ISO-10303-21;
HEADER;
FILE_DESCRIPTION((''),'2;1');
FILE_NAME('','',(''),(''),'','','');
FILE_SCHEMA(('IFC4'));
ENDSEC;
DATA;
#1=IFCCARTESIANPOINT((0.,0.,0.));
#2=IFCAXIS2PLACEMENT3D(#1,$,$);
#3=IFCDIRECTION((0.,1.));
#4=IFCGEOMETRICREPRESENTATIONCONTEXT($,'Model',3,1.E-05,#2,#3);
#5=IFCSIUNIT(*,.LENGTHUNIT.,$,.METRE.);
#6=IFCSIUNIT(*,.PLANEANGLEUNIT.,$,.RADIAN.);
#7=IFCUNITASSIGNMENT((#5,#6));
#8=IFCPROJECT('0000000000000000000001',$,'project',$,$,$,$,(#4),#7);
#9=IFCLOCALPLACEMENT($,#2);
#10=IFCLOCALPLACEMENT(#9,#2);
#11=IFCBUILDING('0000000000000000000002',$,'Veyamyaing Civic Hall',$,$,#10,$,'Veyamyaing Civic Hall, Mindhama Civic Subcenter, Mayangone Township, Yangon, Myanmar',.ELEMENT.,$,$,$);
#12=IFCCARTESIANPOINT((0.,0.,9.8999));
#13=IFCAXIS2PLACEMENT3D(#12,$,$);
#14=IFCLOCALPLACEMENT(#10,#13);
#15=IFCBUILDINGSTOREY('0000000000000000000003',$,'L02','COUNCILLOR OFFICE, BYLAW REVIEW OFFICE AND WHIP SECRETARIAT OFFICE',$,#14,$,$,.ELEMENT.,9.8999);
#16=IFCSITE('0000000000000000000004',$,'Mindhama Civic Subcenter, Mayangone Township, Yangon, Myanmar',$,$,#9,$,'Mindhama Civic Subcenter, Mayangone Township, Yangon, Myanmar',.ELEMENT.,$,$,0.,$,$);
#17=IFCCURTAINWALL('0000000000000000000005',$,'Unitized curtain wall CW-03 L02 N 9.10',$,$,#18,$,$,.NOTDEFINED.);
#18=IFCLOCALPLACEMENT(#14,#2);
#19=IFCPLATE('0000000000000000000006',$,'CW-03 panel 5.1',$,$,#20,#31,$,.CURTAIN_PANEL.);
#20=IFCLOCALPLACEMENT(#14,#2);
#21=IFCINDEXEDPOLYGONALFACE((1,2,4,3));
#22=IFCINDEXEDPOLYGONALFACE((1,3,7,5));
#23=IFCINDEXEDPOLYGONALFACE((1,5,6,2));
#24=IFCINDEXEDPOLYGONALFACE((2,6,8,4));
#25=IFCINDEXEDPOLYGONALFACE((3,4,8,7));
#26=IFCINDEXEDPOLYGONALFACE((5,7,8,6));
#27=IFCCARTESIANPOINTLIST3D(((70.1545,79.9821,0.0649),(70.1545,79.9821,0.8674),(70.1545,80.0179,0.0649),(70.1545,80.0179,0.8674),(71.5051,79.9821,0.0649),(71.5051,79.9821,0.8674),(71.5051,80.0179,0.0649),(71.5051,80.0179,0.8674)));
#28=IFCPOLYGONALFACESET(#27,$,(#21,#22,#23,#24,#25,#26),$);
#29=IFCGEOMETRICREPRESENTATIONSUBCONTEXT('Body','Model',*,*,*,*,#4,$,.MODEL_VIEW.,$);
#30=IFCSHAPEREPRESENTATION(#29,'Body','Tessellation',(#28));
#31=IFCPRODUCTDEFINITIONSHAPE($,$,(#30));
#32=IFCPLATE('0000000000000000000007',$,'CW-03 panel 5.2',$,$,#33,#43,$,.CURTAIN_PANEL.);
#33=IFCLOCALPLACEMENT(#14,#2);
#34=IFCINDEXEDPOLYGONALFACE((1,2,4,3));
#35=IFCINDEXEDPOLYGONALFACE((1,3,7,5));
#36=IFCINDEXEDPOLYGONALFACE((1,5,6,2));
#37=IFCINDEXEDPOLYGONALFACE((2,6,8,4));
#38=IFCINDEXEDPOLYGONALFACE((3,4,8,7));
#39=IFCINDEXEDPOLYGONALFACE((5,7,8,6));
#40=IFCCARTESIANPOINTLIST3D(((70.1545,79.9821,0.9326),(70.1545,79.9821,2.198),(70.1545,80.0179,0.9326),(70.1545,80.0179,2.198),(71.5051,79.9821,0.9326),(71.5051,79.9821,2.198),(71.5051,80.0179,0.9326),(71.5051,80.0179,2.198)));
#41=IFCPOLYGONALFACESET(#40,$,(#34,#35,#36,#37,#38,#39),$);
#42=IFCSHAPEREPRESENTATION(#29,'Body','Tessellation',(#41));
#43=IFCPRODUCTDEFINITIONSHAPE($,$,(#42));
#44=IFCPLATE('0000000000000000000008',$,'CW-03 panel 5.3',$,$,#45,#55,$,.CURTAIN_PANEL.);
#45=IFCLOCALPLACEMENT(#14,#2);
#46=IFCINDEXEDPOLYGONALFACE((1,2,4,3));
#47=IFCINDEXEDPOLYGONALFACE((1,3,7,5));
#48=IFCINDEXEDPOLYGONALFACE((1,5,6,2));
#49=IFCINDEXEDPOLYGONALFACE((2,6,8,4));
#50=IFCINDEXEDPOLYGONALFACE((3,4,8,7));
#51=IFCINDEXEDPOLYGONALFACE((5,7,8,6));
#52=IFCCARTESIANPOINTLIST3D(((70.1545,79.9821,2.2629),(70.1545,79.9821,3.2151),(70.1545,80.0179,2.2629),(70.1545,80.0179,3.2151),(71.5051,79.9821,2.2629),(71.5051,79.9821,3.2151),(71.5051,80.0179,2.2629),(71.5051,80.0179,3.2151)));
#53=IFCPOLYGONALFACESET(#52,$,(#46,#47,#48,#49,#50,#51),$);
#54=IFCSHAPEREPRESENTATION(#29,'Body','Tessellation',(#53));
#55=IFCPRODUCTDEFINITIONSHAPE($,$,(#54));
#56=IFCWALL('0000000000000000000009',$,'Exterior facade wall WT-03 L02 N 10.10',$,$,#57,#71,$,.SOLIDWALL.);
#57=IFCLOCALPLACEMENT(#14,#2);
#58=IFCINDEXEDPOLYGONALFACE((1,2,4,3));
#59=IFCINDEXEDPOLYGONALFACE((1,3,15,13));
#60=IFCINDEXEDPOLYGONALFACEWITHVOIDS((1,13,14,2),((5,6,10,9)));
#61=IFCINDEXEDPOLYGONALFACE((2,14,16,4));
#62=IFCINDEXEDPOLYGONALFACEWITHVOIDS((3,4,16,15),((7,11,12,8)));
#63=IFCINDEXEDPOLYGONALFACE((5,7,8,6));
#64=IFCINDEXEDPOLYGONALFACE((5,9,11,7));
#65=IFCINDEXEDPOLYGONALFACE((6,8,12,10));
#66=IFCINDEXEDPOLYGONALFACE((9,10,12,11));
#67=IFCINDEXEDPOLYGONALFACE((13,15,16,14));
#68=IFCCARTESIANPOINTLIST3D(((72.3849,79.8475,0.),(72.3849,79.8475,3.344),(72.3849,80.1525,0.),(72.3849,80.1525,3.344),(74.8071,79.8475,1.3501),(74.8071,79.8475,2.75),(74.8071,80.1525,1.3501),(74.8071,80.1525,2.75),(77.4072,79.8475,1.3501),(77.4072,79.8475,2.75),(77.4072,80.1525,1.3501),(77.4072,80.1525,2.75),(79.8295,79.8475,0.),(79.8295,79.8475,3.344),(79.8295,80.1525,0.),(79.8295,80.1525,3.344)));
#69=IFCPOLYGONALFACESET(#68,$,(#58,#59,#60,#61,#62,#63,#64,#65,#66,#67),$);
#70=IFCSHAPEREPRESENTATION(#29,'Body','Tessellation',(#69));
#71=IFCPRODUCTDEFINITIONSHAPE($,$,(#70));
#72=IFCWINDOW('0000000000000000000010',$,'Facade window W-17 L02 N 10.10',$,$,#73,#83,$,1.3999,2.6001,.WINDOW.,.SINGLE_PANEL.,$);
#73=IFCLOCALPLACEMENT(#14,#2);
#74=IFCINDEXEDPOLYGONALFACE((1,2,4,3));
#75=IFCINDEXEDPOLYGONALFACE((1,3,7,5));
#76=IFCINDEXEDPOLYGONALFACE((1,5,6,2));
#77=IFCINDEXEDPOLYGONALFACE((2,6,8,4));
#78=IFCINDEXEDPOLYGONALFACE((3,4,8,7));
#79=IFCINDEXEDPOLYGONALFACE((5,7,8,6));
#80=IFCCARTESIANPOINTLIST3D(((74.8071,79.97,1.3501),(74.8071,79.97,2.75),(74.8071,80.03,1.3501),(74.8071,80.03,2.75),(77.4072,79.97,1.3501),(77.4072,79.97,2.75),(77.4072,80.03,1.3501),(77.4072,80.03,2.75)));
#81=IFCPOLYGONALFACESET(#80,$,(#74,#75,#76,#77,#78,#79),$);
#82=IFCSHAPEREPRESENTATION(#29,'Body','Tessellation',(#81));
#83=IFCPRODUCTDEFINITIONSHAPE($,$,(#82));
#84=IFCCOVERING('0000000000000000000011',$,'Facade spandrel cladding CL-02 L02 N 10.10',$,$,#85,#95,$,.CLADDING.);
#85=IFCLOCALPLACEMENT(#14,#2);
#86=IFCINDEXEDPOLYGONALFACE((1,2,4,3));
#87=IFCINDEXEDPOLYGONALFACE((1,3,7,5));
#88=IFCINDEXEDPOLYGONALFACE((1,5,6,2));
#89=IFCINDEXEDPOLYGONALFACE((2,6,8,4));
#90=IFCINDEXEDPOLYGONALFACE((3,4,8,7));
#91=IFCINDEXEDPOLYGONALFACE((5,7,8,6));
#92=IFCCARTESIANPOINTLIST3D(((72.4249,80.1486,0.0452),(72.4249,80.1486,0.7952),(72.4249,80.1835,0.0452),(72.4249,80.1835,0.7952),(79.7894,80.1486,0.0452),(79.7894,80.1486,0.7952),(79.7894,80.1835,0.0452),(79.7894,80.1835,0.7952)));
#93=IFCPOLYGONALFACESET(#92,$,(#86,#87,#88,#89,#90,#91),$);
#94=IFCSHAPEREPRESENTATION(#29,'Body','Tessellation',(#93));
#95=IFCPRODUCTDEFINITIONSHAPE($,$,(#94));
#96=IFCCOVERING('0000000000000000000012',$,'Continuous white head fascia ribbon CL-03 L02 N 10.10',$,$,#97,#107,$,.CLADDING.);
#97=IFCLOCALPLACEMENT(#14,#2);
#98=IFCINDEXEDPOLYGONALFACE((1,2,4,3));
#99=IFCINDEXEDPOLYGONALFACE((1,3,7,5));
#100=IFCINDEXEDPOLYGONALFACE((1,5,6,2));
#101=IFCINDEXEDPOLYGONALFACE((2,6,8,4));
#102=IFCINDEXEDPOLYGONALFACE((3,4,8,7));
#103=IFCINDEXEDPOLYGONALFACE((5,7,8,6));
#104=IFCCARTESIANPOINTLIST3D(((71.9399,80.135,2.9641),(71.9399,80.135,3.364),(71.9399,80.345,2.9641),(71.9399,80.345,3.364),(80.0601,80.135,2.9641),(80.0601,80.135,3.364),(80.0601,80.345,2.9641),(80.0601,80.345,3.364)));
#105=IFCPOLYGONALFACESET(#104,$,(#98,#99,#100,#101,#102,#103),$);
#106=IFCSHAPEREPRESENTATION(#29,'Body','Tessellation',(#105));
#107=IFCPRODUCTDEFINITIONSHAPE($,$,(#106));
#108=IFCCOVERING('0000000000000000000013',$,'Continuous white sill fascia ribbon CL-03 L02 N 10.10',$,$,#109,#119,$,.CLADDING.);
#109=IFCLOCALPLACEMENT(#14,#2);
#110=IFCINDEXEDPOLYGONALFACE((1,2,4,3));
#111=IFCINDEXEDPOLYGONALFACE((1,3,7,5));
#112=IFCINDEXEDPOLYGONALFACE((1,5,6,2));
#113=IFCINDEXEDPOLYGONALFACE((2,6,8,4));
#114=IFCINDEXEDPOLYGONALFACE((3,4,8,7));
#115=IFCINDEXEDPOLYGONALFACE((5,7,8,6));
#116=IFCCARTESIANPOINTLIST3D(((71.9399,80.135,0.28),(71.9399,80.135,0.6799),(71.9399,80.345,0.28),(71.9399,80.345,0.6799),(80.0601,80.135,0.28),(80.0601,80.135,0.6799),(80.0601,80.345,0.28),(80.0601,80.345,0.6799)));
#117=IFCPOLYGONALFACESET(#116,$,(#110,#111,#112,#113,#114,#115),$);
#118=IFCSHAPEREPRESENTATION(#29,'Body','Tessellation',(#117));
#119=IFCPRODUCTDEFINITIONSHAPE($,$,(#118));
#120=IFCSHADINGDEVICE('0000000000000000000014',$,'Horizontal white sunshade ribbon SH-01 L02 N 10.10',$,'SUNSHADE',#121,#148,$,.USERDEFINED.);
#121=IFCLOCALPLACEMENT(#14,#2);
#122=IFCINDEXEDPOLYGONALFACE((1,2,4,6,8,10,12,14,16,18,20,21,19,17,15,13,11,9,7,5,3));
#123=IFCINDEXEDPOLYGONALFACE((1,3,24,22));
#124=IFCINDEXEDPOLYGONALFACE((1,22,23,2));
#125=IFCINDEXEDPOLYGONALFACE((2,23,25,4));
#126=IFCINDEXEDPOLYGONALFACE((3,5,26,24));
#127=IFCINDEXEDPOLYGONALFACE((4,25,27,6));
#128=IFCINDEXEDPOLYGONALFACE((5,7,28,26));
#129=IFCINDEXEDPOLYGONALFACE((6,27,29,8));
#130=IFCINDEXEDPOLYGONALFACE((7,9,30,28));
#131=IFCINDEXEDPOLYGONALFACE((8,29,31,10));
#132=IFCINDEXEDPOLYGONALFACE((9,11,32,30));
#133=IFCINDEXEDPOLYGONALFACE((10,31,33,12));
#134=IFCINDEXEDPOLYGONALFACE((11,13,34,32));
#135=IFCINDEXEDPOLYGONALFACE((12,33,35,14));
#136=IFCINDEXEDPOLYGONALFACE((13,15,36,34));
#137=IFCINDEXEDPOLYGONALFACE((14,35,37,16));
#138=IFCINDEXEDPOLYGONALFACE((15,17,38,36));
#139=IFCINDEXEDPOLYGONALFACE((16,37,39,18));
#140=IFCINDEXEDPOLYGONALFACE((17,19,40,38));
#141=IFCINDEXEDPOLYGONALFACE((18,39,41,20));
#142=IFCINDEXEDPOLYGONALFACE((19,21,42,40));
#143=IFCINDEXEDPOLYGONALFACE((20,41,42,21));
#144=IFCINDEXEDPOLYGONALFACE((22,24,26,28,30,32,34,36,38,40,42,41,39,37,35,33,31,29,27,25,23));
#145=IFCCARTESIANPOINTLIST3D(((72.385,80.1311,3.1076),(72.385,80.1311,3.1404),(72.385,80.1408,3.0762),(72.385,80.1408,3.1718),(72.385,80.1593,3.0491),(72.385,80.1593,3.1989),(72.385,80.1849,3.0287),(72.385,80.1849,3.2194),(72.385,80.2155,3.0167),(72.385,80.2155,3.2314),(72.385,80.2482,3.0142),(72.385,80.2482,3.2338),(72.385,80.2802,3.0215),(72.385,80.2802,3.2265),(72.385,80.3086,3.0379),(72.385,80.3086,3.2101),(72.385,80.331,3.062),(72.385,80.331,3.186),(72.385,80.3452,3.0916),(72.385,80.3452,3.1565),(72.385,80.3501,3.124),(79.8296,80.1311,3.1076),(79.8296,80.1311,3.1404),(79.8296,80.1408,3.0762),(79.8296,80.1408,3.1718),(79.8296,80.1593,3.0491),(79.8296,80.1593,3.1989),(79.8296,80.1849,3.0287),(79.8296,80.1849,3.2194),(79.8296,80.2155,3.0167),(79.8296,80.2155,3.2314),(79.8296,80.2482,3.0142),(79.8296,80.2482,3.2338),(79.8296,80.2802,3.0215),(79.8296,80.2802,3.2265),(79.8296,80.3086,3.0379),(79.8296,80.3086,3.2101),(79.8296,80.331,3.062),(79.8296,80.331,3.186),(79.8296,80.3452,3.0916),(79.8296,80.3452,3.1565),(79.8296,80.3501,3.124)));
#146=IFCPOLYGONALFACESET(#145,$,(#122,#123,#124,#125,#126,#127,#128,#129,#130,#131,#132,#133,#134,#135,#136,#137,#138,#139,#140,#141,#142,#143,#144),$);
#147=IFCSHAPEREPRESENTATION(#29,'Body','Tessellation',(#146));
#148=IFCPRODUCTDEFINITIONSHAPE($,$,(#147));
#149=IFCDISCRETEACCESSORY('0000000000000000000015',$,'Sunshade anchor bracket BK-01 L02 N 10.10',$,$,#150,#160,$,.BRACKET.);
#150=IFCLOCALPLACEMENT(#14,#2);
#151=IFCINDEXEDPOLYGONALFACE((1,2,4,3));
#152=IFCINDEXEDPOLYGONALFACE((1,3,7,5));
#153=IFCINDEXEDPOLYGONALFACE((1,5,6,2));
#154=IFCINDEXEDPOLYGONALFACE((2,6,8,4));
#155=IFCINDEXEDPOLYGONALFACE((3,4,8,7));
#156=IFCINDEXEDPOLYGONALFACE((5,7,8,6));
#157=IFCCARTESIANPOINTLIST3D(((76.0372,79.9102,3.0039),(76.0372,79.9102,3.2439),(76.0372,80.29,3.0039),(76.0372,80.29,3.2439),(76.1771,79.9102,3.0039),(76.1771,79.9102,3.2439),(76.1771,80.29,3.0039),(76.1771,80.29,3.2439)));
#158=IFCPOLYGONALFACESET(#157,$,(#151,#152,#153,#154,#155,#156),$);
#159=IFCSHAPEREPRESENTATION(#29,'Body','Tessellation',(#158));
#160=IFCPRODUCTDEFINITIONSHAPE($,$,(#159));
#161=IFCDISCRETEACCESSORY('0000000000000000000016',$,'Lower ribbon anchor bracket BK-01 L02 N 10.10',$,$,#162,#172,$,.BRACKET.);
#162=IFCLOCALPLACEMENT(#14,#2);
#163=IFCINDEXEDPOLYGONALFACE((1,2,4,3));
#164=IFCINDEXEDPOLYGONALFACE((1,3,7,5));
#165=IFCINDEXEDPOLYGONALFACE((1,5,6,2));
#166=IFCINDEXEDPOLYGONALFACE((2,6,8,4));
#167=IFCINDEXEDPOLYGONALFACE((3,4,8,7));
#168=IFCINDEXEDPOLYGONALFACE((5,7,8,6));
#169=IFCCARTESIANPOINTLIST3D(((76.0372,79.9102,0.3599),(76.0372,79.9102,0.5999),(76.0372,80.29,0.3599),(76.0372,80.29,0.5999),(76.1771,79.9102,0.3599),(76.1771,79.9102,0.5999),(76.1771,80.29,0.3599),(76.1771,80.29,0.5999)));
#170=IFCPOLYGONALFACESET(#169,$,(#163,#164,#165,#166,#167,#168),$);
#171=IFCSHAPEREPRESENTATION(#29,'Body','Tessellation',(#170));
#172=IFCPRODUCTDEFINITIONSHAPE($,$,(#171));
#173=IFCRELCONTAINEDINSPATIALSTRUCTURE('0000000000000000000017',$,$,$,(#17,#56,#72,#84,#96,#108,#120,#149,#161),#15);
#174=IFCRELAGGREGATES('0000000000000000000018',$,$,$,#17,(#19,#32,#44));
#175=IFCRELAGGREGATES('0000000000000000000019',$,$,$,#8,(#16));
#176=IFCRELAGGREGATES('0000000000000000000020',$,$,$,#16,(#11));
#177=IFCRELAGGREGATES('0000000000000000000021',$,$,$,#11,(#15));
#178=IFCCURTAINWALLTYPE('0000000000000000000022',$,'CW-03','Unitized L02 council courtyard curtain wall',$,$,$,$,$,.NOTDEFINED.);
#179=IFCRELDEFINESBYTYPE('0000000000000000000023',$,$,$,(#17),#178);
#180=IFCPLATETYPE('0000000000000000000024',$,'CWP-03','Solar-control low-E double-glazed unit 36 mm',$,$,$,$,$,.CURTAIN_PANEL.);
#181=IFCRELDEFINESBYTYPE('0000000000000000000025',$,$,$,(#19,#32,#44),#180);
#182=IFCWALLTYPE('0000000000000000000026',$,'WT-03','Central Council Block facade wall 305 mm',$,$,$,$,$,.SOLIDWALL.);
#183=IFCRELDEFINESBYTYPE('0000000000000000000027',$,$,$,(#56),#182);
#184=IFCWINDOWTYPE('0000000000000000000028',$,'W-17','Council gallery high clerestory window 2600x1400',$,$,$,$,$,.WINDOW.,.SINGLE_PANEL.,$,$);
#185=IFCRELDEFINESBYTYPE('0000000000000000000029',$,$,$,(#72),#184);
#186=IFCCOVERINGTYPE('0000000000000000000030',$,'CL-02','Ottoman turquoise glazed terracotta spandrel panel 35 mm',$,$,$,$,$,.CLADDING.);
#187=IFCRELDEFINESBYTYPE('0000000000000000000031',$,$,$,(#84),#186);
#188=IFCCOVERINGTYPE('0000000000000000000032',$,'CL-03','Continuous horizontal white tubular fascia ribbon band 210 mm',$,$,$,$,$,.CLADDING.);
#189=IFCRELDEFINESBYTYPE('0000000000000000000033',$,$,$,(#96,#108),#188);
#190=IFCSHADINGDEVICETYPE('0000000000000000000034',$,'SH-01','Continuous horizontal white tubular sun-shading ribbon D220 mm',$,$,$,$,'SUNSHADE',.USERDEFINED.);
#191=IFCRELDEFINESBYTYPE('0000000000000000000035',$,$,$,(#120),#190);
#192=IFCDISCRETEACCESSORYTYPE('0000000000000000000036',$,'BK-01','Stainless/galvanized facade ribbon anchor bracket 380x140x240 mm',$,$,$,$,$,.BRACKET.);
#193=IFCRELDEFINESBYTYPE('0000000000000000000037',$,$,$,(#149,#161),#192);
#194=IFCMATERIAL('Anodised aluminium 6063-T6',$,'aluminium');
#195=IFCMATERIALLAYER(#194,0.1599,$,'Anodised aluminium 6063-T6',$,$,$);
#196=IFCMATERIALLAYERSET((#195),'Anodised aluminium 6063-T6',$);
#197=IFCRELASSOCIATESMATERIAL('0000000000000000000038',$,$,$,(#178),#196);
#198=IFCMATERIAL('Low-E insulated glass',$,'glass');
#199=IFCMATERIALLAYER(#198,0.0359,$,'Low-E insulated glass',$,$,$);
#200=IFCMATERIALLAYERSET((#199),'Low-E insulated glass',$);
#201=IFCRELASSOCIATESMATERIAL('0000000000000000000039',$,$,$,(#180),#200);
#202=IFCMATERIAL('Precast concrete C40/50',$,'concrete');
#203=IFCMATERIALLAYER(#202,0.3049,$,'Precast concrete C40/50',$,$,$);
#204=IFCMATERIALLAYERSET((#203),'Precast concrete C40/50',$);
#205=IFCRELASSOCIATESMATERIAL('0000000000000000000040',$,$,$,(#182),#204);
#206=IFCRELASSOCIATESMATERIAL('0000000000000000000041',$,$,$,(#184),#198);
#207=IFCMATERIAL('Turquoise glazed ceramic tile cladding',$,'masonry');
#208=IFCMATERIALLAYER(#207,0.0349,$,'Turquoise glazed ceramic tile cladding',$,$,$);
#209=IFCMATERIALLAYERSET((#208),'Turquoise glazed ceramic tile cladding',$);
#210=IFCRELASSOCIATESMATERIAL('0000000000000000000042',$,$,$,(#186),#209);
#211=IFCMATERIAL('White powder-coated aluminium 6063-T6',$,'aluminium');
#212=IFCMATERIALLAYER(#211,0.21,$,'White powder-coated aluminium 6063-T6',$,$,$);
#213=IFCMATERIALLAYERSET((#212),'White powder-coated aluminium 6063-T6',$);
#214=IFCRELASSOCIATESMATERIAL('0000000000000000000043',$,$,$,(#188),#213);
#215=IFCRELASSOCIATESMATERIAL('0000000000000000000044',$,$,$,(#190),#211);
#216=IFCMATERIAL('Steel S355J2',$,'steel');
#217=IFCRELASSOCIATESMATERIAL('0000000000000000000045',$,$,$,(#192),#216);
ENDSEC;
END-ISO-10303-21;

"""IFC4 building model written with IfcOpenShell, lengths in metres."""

from ifc_helpers import new_model, si_unit, direction, frame, frame_2d, origin, origin_2d, place, context, subcontext, project, spatial, rectangle, circle, extrude, material, layer, layer_set, material_profile, profile_set, type_object, element, fill, aggregate, save


model = new_model("IFC4")

# Units and contexts
model_context = context("Model", 3, precision=1e-05, world=origin(), true_north=direction((0.0, 1.0)))
body_context = subcontext(model_context, "Body", "Model", "MODEL_VIEW")
ifc_project = project(units=[si_unit("LENGTHUNIT", "METRE"), si_unit("PLANEANGLEUNIT", "RADIAN")], contexts=[model_context])

# Site, building, storey
site_placement = place(None, origin())
site = spatial("IfcSite", under=ifc_project, at=site_placement, Name="Mindhama Civic Subcenter, Mayangone Township, Yangon, Myanmar", LongName="Mindhama Civic Subcenter, Mayangone Township, Yangon, Myanmar", CompositionType="ELEMENT", RefElevation=0.0)
building_placement = place(site_placement, origin())
building = spatial("IfcBuilding", under=site, at=building_placement, Name="Veyamyaing Civic Hall", LongName="Veyamyaing Civic Hall, Mindhama Civic Subcenter, Mayangone Township, Yangon, Myanmar", CompositionType="ELEMENT")
storey_placement = place(building_placement, frame((0.0, 0.0, 9.8999)))
storey = spatial("IfcBuildingStorey", under=building, at=storey_placement, Name="L02", Description="COUNCILLOR OFFICE, BYLAW REVIEW OFFICE AND WHIP SECRETARIAT OFFICE", CompositionType="ELEMENT", Elevation=9.8999)

# Curtain wall, plates
ifc_material_1 = material(Name="Anodised aluminium 6063-T6", Category="aluminium")
ifc_layer_1 = layer(ifc_material_1, 0.1599, Name="Anodised aluminium 6063-T6")
ifc_layer_set_1 = layer_set([ifc_layer_1], Name="Anodised aluminium 6063-T6")
curtain_wall_type = type_object("IfcCurtainWallType", Name="CW-03", Description="Unitized L02 council courtyard curtain wall", PredefinedType="NOTDEFINED", material=ifc_layer_set_1)
curtain_wall_placement = place(storey_placement, origin())
curtain_wall = element("IfcCurtainWall", 1, at=curtain_wall_placement, inside=storey, type_object=curtain_wall_type, Name="Unitized curtain wall CW-03 L02 N 9.10", PredefinedType="NOTDEFINED")
ifc_material_2 = material(Name="Low-E insulated glass", Category="glass")
ifc_layer_2 = layer(ifc_material_2, 0.0359, Name="Low-E insulated glass")
ifc_layer_set_2 = layer_set([ifc_layer_2], Name="Low-E insulated glass")
plate_type = type_object("IfcPlateType", Name="CWP-03", Description="Solar-control low-E double-glazed unit 36 mm", PredefinedType="CURTAIN_PANEL", material=ifc_layer_set_2)
plate_1_placement = place(storey_placement, frame((70.8298, 80.0, 0.0649), z_axis=(0.0, 0.0, 1.0), x_axis=(1.0, 0.0, 0.0)))
plate_1 = element("IfcPlate", 2, at=plate_1_placement, type_object=plate_type, Name="CW-03 panel 5.1", PredefinedType="CURTAIN_PANEL", context=body_context, shape_type="SweptSolid", body=[
    extrude(rectangle(XDim=1.3506, YDim=0.0359, at=origin_2d()), origin(), (0.0, 0.0, 1.0), 0.8025),
])
plate_2_placement = place(storey_placement, frame((70.8298, 80.0, 0.9326), z_axis=(0.0, 0.0, 1.0), x_axis=(1.0, 0.0, 0.0)))
plate_2 = element("IfcPlate", 3, at=plate_2_placement, type_object=plate_type, Name="CW-03 panel 5.2", PredefinedType="CURTAIN_PANEL", context=body_context, shape_type="SweptSolid", body=[
    extrude(rectangle(XDim=1.3506, YDim=0.0359, at=origin_2d()), origin(), (0.0, 0.0, 1.0), 1.2654),
])
plate_3_placement = place(storey_placement, frame((70.8298, 80.0, 2.2629), z_axis=(0.0, 0.0, 1.0), x_axis=(1.0, 0.0, 0.0)))
plate_3 = element("IfcPlate", 4, at=plate_3_placement, type_object=plate_type, Name="CW-03 panel 5.3", PredefinedType="CURTAIN_PANEL", context=body_context, shape_type="SweptSolid", body=[
    extrude(rectangle(XDim=1.3506, YDim=0.0359, at=origin_2d()), origin(), (0.0, 0.0, 1.0), 0.9521),
])
aggregate(curtain_wall, [plate_1, plate_2, plate_3])

# Wall, opening, window
ifc_material_3 = material(Name="Precast concrete C40/50", Category="concrete")
ifc_layer_3 = layer(ifc_material_3, 0.3049, Name="Precast concrete C40/50")
ifc_layer_set_3 = layer_set([ifc_layer_3], Name="Precast concrete C40/50")
wall_type = type_object("IfcWallType", Name="WT-03", Description="Central Council Block facade wall 305 mm", PredefinedType="SOLIDWALL", material=ifc_layer_set_3)
wall_placement = place(storey_placement, frame((72.385, 80.0, 0.0), z_axis=(0.0, 0.0, 1.0), x_axis=(1.0, 0.0, 0.0)))
wall = element("IfcWall", 5, at=wall_placement, inside=storey, type_object=wall_type, Name="Exterior facade wall WT-03 L02 N 10.10", PredefinedType="SOLIDWALL", context=body_context, shape_type="SweptSolid", body=[
    extrude(rectangle(XDim=7.4446, YDim=0.3049, at=frame_2d((3.7222, 0.0))), origin(), (0.0, 0.0, 1.0), 3.344),
])
opening_placement = place(wall_placement, frame((2.4221, 0.0, 1.3501)))
opening = element("IfcOpeningElement", 6, at=opening_placement, cuts=wall, PredefinedType="OPENING", context=body_context, shape_type="SweptSolid", body=[
    extrude(rectangle(XDim=2.6001, YDim=1.3999, at=frame_2d((1.3, 0.7))), frame((0.0, 0.1624, 0.0), z_axis=(0.0, -1.0, 0.0), x_axis=(1.0, 0.0, 0.0)), (0.0, 0.0, 1.0), 0.325),
])
window_type = type_object("IfcWindowType", Name="W-17", Description="Council gallery high clerestory window 2600x1400", PartitioningType="SINGLE_PANEL", PredefinedType="WINDOW", material=ifc_material_2)
window_placement = place(opening_placement, origin())
window = element("IfcWindow", 7, at=window_placement, inside=storey, type_object=window_type, Name="Facade window W-17 L02 N 10.10", OverallHeight=1.3999, OverallWidth=2.6001, PartitioningType="SINGLE_PANEL", PredefinedType="WINDOW", context=body_context, shape_type="SweptSolid", body=[
    extrude(rectangle(XDim=2.6001, YDim=1.3999, at=frame_2d((1.3, 0.7))), frame((0.0, 0.03, 0.0), z_axis=(0.0, -1.0, 0.0), x_axis=(1.0, 0.0, 0.0)), (0.0, 0.0, 1.0), 0.0601),
])
fill(opening, window)

# Coverings
ifc_material_4 = material(Name="Turquoise glazed ceramic tile cladding", Category="masonry")
ifc_layer_4 = layer(ifc_material_4, 0.0349, Name="Turquoise glazed ceramic tile cladding")
ifc_layer_set_4 = layer_set([ifc_layer_4], Name="Turquoise glazed ceramic tile cladding")
covering_type_1 = type_object("IfcCoveringType", Name="CL-02", Description="Ottoman turquoise glazed terracotta spandrel panel 35 mm", PredefinedType="CLADDING", material=ifc_layer_set_4)
covering_placement = place(storey_placement, frame((76.1072, 80.166, 0.0452), z_axis=(0.0, 0.0, 1.0), x_axis=(1.0, 0.0, 0.0)))
element("IfcCovering", 8, at=covering_placement, inside=storey, type_object=covering_type_1, Name="Facade spandrel cladding CL-02 L02 N 10.10", PredefinedType="CLADDING", context=body_context, shape_type="SweptSolid", body=[
    extrude(rectangle(XDim=7.3645, YDim=0.0349, at=origin_2d()), origin(), (0.0, 0.0, 1.0), 0.75),
])
ifc_material_5 = material(Name="White powder-coated aluminium 6063-T6", Category="aluminium")
ifc_layer_5 = layer(ifc_material_5, 0.21, Name="White powder-coated aluminium 6063-T6")
ifc_layer_set_5 = layer_set([ifc_layer_5], Name="White powder-coated aluminium 6063-T6")
covering_type_2 = type_object("IfcCoveringType", Name="CL-03", Description="Continuous horizontal white tubular fascia ribbon band 210 mm", PredefinedType="CLADDING", material=ifc_layer_set_5)
for number, where, z_axis, x_axis, name in (
    (9, (76.0, 80.24, 2.9641), (0.0, 0.0, 1.0), (1.0, 0.0, 0.0), "Continuous white head fascia ribbon CL-03 L02 N 10.10"),
    (10, (76.0, 80.24, 0.28), (0.0, 0.0, 1.0), (1.0, 0.0, 0.0), "Continuous white sill fascia ribbon CL-03 L02 N 10.10"),
):
    element("IfcCovering", number, at=place(storey_placement, frame(where, z_axis=z_axis, x_axis=x_axis)), inside=storey, type_object=covering_type_2, Name=name, PredefinedType="CLADDING", context=body_context, shape_type="SweptSolid", body=[
        extrude(rectangle(XDim=8.1201, YDim=0.21, at=origin_2d()), origin(), (0.0, 0.0, 1.0), 0.3999),
    ])

# Shading device
ifc_material_profile_1 = material_profile(ifc_material_5, circle(Radius=0.1101, at=origin_2d()), Name="SHADE-TUBE-220")
ifc_profile_set_1 = profile_set([ifc_material_profile_1], Name="White powder-coated aluminium 6063-T6")
shading_device_type = type_object("IfcShadingDeviceType", Name="SH-01", Description="Continuous horizontal white tubular sun-shading ribbon D220 mm", ElementType="SUNSHADE", PredefinedType="USERDEFINED", material=ifc_profile_set_1)
shading_device_placement = place(storey_placement, frame((72.385, 80.24, 3.124), z_axis=(1.0, 0.0, 0.0), x_axis=(0.0, 1.0, 0.0)))
element("IfcShadingDevice", 11, at=shading_device_placement, inside=storey, type_object=shading_device_type, Name="Horizontal white sunshade ribbon SH-01 L02 N 10.10", ObjectType="SUNSHADE", PredefinedType="USERDEFINED", context=body_context, shape_type="SweptSolid", body=[
    extrude(circle(Radius=0.1101, at=origin_2d()), origin(), (0.0, 0.0, 1.0), 7.4446),
])

# Discrete accessories
ifc_material_6 = material(Name="Steel S355J2", Category="steel")
discrete_accessory_type = type_object("IfcDiscreteAccessoryType", Name="BK-01", Description="Stainless/galvanized facade ribbon anchor bracket 380x140x240 mm", PredefinedType="BRACKET", material=ifc_material_6)
for number, where, z_axis, x_axis, name in (
    (12, (76.1072, 80.1001, 3.0039), (0.0, 0.0, 1.0), (0.0, 1.0, 0.0), "Sunshade anchor bracket BK-01 L02 N 10.10"),
    (13, (76.1072, 80.1001, 0.3599), (0.0, 0.0, 1.0), (0.0, 1.0, 0.0), "Lower ribbon anchor bracket BK-01 L02 N 10.10"),
):
    element("IfcDiscreteAccessory", number, at=place(storey_placement, frame(where, z_axis=z_axis, x_axis=x_axis)), inside=storey, type_object=discrete_accessory_type, Name=name, PredefinedType="BRACKET", context=body_context, shape_type="SweptSolid", body=[
        extrude(rectangle(XDim=0.3799, YDim=0.1399, at=origin_2d()), origin(), (0.0, 0.0, 1.0), 0.24),
    ])

save(model, "model.ifc")
